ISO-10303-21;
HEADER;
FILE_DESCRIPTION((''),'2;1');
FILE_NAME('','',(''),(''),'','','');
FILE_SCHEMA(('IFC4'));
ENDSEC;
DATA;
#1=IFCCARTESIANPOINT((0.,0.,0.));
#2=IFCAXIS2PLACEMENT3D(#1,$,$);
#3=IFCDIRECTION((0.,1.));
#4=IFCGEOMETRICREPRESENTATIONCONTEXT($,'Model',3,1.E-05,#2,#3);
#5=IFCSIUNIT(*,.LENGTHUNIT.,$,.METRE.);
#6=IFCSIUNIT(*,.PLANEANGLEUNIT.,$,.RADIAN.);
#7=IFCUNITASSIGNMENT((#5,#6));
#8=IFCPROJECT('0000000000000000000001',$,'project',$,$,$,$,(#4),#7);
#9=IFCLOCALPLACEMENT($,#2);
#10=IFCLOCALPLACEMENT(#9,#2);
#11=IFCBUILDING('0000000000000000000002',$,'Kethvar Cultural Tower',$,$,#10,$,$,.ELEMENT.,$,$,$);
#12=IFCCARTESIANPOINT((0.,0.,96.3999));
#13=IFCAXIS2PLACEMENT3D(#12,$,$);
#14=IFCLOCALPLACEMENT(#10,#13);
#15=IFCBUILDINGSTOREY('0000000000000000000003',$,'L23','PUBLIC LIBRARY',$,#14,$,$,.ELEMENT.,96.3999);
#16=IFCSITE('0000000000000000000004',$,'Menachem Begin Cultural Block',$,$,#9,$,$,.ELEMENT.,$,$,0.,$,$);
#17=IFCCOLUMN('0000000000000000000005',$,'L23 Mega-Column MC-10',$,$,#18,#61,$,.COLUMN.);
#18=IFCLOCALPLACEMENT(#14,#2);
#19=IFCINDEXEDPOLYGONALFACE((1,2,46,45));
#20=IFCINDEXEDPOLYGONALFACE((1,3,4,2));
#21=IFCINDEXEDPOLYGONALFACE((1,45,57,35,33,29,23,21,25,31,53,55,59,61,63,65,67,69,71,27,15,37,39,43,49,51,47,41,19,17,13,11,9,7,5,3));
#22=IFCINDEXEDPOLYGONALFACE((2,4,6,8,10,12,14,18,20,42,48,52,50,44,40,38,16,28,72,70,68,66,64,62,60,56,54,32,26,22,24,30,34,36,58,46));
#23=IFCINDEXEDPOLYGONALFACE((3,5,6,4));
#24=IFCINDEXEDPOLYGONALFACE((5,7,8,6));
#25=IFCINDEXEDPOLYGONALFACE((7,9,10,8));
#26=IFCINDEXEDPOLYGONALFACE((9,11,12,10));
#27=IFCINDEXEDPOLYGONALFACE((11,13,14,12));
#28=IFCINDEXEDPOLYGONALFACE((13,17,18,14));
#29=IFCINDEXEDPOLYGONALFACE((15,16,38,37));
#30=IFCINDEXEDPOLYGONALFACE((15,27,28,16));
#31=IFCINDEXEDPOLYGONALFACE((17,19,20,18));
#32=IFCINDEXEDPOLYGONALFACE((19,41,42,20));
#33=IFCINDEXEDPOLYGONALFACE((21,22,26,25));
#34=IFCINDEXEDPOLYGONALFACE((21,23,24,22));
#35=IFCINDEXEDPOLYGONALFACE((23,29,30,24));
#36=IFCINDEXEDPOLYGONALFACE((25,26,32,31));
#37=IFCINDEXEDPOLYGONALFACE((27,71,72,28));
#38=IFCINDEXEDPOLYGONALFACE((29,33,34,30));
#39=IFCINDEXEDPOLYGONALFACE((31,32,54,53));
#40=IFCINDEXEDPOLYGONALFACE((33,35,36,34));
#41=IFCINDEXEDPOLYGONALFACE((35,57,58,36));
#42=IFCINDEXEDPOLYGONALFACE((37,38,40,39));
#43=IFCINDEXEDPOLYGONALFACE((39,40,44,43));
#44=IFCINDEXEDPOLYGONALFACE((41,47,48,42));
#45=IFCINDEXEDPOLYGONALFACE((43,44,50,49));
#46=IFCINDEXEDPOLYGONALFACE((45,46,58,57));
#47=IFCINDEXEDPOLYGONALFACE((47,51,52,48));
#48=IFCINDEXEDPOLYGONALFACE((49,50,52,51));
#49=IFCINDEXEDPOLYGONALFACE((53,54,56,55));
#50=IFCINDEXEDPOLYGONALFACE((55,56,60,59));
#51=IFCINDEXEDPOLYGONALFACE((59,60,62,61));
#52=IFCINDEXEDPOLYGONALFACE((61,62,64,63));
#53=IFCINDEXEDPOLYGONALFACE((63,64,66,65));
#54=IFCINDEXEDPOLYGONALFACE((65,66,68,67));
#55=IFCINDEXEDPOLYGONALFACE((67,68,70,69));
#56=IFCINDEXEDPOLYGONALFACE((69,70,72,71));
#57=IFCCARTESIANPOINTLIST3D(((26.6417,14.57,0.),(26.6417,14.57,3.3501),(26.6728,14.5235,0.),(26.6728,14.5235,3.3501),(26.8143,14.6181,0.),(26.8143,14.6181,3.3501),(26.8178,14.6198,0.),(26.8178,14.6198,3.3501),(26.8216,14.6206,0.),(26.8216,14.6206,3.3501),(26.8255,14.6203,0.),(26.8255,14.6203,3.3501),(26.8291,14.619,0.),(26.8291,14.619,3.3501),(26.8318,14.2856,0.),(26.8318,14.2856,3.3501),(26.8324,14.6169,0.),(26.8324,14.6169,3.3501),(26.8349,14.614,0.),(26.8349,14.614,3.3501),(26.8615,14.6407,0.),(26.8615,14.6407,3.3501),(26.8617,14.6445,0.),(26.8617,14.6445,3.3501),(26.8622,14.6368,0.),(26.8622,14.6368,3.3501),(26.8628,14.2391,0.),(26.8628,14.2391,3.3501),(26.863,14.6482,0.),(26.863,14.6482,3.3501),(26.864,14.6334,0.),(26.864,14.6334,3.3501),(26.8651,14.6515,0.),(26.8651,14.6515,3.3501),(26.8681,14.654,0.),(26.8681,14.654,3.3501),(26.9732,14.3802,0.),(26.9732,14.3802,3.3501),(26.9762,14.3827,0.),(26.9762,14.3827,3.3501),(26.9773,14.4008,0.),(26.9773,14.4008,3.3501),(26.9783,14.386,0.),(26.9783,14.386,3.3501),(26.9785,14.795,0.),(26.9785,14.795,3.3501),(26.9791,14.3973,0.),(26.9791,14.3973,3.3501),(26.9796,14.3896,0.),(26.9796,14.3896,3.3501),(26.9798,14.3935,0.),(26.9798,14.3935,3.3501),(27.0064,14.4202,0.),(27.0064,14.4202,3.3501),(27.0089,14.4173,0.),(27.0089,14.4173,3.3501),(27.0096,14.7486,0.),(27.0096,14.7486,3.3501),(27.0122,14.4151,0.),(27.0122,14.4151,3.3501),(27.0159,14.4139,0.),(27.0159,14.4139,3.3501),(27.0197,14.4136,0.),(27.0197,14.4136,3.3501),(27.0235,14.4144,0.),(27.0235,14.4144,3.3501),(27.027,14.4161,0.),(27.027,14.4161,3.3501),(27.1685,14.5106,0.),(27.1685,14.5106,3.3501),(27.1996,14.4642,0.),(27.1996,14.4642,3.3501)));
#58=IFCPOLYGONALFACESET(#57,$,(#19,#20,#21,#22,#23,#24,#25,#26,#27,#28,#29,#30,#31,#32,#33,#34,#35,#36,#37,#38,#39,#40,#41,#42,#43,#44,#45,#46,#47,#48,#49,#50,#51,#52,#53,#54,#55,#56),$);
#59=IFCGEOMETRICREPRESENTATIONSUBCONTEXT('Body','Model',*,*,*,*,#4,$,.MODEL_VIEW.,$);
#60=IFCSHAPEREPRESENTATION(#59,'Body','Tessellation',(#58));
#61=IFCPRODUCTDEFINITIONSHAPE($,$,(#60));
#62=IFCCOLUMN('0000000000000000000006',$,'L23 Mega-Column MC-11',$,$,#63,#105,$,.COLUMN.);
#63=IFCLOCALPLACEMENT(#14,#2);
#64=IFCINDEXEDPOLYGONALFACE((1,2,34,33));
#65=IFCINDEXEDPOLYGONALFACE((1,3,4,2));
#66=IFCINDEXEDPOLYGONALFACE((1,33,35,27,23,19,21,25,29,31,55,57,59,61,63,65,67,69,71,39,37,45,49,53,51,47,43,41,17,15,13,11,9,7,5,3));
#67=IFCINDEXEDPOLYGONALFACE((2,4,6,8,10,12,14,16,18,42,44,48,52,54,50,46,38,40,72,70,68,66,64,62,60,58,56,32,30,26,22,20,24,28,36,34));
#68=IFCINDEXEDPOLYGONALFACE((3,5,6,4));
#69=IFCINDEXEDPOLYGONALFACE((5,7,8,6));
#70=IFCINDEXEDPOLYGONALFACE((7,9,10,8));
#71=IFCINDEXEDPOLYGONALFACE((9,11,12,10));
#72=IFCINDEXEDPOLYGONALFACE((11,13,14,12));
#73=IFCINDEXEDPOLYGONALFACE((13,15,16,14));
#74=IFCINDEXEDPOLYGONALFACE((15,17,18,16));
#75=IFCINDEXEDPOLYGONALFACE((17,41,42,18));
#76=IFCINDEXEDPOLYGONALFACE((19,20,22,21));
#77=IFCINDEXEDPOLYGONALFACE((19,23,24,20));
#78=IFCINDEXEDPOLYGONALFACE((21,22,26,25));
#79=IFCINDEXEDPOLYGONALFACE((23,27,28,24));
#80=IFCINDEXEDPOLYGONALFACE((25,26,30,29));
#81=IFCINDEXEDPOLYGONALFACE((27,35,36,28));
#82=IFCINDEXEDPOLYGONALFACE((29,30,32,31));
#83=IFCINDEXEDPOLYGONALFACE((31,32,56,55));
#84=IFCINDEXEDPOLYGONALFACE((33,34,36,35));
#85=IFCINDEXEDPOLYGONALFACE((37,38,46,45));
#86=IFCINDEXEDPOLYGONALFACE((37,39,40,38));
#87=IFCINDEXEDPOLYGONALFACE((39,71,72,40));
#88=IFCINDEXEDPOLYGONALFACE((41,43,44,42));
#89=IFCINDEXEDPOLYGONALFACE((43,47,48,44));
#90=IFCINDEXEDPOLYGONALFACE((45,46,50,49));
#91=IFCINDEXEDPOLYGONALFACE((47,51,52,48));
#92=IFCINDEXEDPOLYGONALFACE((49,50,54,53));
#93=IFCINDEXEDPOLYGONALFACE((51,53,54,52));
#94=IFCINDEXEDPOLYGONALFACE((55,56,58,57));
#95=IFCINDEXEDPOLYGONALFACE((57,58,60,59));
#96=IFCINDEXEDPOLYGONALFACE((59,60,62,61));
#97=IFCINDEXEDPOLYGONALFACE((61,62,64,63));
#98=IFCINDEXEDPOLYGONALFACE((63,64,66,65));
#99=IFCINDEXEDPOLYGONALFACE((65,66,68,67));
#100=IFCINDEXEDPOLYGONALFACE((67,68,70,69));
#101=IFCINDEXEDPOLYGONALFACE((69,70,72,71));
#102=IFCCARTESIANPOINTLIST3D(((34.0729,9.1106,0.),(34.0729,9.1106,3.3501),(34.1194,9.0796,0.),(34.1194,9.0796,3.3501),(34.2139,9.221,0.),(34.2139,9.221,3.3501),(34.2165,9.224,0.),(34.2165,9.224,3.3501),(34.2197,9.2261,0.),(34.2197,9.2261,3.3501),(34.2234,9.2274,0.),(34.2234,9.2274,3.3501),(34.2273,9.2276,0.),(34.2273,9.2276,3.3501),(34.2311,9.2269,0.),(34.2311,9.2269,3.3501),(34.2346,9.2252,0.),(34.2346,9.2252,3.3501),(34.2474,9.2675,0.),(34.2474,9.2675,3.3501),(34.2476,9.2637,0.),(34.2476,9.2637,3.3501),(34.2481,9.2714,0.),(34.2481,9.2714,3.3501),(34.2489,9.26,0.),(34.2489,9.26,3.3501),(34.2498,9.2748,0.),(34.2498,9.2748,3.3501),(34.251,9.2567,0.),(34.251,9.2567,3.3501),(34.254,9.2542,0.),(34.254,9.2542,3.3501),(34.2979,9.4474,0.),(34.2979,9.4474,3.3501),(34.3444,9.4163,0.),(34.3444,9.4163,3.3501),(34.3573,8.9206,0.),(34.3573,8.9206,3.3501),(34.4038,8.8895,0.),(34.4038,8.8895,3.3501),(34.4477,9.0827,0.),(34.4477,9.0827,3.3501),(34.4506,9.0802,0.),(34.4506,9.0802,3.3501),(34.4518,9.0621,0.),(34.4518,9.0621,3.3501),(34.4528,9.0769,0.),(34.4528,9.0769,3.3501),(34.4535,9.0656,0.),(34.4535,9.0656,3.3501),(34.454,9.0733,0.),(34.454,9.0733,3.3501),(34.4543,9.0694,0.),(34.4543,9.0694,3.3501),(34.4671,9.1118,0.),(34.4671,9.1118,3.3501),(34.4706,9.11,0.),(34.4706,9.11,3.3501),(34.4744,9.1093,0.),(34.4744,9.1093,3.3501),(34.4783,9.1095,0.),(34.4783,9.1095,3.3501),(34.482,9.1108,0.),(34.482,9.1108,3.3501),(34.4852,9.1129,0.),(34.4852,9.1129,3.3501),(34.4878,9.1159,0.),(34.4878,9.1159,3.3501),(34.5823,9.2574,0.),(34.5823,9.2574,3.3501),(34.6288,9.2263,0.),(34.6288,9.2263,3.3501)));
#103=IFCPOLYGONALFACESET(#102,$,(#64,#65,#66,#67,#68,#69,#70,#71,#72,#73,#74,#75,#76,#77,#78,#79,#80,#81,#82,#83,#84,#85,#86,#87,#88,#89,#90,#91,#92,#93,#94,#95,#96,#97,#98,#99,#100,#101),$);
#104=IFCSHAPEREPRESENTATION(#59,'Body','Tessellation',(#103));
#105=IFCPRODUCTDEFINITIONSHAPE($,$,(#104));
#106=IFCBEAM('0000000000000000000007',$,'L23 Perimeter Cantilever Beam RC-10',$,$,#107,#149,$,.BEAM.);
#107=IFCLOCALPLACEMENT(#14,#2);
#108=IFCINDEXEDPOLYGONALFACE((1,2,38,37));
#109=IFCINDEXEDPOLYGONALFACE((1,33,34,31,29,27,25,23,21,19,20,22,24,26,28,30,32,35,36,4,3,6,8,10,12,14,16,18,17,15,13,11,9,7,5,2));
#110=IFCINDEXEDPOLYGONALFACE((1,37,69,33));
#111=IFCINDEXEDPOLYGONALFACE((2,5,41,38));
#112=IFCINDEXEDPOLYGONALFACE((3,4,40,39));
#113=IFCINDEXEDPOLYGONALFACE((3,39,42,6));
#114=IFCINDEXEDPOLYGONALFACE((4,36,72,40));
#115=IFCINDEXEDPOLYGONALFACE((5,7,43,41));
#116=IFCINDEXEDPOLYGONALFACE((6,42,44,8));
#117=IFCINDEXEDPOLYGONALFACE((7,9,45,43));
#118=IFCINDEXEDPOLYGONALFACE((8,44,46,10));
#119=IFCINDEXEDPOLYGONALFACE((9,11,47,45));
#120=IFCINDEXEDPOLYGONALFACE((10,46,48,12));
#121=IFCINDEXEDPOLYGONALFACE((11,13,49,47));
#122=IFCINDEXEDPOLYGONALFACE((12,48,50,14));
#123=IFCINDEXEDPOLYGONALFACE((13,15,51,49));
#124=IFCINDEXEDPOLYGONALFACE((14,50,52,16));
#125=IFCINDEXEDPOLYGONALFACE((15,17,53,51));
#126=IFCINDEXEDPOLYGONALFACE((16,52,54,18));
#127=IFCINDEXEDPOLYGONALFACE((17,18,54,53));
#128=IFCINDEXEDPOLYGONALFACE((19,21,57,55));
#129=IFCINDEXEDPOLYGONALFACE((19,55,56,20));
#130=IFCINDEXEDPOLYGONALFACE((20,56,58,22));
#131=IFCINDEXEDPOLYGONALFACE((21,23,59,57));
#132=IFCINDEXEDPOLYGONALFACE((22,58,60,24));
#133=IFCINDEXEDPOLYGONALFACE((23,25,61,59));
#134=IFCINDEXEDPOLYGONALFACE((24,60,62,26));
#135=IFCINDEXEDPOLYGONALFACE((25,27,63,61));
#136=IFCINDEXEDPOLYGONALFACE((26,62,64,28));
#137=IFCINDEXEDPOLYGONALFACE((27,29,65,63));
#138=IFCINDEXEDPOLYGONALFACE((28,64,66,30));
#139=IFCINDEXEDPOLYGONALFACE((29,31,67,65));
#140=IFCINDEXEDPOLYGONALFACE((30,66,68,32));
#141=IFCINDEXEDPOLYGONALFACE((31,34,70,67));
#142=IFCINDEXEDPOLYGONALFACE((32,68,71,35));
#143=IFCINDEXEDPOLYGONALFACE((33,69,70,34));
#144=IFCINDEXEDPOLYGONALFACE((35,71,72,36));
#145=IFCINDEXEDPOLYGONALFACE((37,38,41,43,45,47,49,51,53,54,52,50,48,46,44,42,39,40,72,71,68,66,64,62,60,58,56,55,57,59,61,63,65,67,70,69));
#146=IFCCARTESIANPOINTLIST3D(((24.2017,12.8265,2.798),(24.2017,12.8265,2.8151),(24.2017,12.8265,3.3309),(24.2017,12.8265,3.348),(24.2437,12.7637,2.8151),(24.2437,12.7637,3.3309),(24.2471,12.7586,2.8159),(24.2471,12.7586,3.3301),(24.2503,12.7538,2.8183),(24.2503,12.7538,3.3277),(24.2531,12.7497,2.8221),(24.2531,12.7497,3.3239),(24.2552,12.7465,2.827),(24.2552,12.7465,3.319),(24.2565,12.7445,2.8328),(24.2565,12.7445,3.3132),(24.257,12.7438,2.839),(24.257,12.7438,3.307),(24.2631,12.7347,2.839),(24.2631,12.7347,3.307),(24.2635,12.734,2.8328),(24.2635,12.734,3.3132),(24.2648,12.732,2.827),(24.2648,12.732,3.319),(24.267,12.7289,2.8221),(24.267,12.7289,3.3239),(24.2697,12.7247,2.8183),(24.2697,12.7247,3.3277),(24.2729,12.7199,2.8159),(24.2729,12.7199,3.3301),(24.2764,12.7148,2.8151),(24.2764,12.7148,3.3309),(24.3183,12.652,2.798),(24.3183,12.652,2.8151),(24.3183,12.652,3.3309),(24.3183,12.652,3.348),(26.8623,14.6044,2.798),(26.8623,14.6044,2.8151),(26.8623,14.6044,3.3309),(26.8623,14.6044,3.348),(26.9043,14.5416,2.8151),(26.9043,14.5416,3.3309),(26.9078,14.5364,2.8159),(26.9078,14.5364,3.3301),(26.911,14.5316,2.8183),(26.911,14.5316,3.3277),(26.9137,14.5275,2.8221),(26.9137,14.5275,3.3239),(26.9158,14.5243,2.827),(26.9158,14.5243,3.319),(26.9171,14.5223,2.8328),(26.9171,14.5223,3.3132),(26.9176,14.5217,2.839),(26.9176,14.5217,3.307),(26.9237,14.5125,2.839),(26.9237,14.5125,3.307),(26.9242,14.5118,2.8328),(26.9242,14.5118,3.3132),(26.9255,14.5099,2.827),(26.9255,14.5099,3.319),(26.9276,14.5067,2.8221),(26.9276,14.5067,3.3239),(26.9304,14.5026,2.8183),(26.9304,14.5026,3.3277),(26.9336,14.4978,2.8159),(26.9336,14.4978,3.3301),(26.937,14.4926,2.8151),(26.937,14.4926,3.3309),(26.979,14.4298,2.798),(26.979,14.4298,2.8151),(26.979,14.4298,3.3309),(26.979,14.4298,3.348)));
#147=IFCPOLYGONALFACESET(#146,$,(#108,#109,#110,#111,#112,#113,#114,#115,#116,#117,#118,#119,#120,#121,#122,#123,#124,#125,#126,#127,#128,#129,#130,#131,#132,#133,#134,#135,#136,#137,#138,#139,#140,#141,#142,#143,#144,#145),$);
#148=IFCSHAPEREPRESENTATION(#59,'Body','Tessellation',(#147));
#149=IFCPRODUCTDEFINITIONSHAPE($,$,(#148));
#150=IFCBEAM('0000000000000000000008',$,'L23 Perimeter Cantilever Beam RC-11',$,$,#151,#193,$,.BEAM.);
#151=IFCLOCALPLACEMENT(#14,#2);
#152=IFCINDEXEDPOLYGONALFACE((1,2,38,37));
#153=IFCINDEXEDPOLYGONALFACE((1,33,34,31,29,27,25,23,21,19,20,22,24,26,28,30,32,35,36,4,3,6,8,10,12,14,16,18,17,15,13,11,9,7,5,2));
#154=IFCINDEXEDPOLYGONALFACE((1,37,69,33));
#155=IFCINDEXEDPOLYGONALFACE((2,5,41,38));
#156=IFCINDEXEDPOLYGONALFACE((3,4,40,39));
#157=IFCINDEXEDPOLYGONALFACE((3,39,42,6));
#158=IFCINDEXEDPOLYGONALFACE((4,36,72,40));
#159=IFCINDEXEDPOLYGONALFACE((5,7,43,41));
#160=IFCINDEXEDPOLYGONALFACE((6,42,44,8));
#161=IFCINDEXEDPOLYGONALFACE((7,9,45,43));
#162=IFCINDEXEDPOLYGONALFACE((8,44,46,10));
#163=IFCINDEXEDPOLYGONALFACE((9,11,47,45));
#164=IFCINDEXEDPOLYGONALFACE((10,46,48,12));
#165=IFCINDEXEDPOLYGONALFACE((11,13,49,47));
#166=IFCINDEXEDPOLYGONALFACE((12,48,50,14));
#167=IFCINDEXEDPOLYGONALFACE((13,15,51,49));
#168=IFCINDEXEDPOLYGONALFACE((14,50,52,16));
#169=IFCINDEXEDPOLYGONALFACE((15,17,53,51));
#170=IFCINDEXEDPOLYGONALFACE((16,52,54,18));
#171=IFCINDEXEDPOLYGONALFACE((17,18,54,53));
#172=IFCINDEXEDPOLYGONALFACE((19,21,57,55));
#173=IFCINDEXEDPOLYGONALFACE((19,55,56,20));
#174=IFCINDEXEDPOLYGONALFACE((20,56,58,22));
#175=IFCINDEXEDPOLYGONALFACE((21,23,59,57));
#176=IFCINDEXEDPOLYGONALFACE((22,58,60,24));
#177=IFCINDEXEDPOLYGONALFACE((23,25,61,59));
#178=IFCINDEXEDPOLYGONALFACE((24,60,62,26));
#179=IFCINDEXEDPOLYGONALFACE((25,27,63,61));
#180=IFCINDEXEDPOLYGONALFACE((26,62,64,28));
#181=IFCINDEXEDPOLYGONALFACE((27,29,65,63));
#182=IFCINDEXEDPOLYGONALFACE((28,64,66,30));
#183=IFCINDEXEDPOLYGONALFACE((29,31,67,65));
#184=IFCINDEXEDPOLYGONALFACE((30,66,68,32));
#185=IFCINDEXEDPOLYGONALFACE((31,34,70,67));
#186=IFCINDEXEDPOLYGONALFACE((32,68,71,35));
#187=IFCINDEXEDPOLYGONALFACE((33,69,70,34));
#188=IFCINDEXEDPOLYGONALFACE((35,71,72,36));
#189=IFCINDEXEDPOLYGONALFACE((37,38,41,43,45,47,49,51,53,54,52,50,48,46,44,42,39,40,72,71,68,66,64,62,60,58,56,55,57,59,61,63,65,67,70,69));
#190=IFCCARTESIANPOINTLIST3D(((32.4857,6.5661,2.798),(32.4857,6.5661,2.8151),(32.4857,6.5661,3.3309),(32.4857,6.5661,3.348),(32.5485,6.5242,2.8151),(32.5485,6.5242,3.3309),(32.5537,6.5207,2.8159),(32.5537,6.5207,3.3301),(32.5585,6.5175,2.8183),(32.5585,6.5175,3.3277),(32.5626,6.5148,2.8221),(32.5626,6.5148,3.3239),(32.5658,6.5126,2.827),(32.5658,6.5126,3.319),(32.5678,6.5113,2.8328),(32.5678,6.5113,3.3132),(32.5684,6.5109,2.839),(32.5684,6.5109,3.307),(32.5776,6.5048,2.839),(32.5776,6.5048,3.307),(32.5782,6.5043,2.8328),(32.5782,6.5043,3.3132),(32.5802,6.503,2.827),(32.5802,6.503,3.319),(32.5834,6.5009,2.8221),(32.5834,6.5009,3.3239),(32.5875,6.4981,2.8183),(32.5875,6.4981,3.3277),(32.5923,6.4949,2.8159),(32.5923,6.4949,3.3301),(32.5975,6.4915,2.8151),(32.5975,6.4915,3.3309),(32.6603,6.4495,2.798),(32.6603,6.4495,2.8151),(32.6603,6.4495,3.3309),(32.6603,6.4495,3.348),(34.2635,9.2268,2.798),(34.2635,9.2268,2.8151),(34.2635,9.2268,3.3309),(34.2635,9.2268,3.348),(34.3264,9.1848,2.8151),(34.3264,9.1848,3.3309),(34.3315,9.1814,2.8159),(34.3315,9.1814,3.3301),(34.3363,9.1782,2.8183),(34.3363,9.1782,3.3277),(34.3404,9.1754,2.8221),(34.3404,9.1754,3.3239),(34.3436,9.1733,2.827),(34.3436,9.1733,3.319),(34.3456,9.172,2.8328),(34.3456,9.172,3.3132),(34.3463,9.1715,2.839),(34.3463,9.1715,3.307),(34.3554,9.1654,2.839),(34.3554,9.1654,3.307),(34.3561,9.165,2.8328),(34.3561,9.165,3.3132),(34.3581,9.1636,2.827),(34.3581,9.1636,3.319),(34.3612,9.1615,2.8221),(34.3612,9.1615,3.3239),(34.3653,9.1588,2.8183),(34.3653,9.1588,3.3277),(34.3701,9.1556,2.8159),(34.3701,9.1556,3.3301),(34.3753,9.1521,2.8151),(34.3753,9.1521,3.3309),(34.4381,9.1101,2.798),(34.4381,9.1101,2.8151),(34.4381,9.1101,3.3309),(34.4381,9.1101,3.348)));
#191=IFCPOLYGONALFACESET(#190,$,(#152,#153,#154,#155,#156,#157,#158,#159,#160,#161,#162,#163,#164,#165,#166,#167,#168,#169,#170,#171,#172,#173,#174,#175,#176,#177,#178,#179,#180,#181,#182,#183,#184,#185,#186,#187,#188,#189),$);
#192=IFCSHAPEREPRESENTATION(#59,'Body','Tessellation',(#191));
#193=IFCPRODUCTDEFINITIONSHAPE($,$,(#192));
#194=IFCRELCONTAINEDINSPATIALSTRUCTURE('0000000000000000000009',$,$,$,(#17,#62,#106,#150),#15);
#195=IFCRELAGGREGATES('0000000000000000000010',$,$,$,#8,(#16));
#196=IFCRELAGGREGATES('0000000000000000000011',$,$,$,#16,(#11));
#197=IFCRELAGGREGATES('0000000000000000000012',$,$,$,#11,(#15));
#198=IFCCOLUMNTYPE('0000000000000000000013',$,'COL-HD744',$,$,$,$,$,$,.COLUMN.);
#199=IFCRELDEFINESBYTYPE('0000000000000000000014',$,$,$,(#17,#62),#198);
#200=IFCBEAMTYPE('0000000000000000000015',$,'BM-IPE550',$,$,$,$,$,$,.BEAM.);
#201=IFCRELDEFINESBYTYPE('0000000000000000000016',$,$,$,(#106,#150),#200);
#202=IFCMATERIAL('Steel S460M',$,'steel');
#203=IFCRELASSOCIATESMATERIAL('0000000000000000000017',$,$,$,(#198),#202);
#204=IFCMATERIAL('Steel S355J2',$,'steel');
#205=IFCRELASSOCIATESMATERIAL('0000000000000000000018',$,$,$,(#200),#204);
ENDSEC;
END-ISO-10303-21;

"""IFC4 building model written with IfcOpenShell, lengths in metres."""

from ifc_helpers import new_model, si_unit, direction, frame, origin, origin_2d, place, context, subcontext, project, spatial, i_section, extrude, source, transform, mapped, material, material_profile, profile_set, type_object, element, save


model = new_model("IFC4")

# Units and contexts
model_context = context("Model", 3, precision=1e-05, world=origin(), true_north=direction((0.0, 1.0)))
body_context = subcontext(model_context, "Body", "Model", "MODEL_VIEW")
ifc_project = project(units=[si_unit("LENGTHUNIT", "METRE"), si_unit("PLANEANGLEUNIT", "RADIAN")], contexts=[model_context])

# Site, building, storey
site_placement = place(None, origin())
site = spatial("IfcSite", under=ifc_project, at=site_placement, Name="Menachem Begin Cultural Block", CompositionType="ELEMENT", RefElevation=0.0)
building_placement = place(site_placement, origin())
building = spatial("IfcBuilding", under=site, at=building_placement, Name="Kethvar Cultural Tower", CompositionType="ELEMENT")
storey_placement = place(building_placement, frame((0.0, 0.0, 96.3999)))
storey = spatial("IfcBuildingStorey", under=building, at=storey_placement, Name="L23", Description="PUBLIC LIBRARY", CompositionType="ELEMENT", Elevation=96.3999)

# Columns
ifc_material_1 = material(Name="Steel S460M", Category="steel")
ifc_material_profile_1 = material_profile(ifc_material_1, i_section(OverallWidth=0.405, OverallDepth=0.3979, WebThickness=0.0349, FlangeThickness=0.0559, FilletRadius=0.0149, at=origin_2d()), Name="Steel S460M — HD400x744")
ifc_profile_set_1 = profile_set([ifc_material_profile_1], Name="Steel S460M — HD400x744")
column_type = type_object("IfcColumnType", Name="COL-HD744", PredefinedType="COLUMN", material=ifc_profile_set_1)
shared_shape_1 = source(origin(), body_context, "Body", "SweptSolid", [
    extrude(i_section(OverallWidth=0.405, OverallDepth=0.3979, WebThickness=0.0349, FlangeThickness=0.0559, FilletRadius=0.0149, at=origin_2d()), origin(), (0.0, 0.0, 1.0), 3.3501),
])
for number, where, z_axis, x_axis, name in (
    (1, (26.9207, 14.5171, 0.0), (0.0, 0.0, 1.0), (-0.83147, -0.55557, 0.0), "L23 Mega-Column MC-10"),
    (2, (34.3508, 9.1685, 0.0), (0.0, 0.0, 1.0), (-0.55557, -0.83147, 0.0), "L23 Mega-Column MC-11"),
):
    element("IfcColumn", number, at=place(storey_placement, frame(where, z_axis=z_axis, x_axis=x_axis)), inside=storey, type_object=column_type, Name=name, PredefinedType="COLUMN", context=body_context, shape_type="MappedRepresentation", body=[
        mapped(shared_shape_1, transform((0.0, 0.0, 0.0), scale=1.0)),
    ])

# Beams
ifc_material_2 = material(Name="Steel S355J2", Category="steel")
ifc_material_profile_2 = material_profile(ifc_material_2, i_section(OverallWidth=0.21, OverallDepth=0.55, WebThickness=0.011, FlangeThickness=0.0171, FilletRadius=0.0239, at=origin_2d()), Name="Steel S355J2 — IPE550")
ifc_profile_set_2 = profile_set([ifc_material_profile_2], Name="Steel S355J2 — IPE550")
beam_type_1 = type_object("IfcBeamType", Name="BM-IPE550", PredefinedType="BEAM", material=ifc_profile_set_2)
shared_shape_2 = source(origin(), body_context, "Body", "SweptSolid", [
    extrude(i_section(OverallWidth=0.21, OverallDepth=0.55, WebThickness=0.011, FlangeThickness=0.0171, FilletRadius=0.0239, at=origin_2d()), origin(), (0.0, 0.0, 1.0), 3.2),
])
for number, where, z_axis, x_axis, name in (
    (3, (26.9207, 14.5171, 3.073), (-0.831463, -0.55558, 0.0), (0.55558, -0.831463, 0.0), "L23 Perimeter Cantilever Beam RC-10"),
    (4, (34.3508, 9.1685, 3.073), (-0.55558, -0.831463, 0.0), (0.831463, -0.55558, 0.0), "L23 Perimeter Cantilever Beam RC-11"),
):
    element("IfcBeam", number, at=place(storey_placement, frame(where, z_axis=z_axis, x_axis=x_axis)), inside=storey, type_object=beam_type_1, Name=name, PredefinedType="BEAM", context=body_context, shape_type="MappedRepresentation", body=[
        mapped(shared_shape_2, transform((0.0, 0.0, 0.0), scale=1.0)),
    ])

save(model, "model.ifc")
